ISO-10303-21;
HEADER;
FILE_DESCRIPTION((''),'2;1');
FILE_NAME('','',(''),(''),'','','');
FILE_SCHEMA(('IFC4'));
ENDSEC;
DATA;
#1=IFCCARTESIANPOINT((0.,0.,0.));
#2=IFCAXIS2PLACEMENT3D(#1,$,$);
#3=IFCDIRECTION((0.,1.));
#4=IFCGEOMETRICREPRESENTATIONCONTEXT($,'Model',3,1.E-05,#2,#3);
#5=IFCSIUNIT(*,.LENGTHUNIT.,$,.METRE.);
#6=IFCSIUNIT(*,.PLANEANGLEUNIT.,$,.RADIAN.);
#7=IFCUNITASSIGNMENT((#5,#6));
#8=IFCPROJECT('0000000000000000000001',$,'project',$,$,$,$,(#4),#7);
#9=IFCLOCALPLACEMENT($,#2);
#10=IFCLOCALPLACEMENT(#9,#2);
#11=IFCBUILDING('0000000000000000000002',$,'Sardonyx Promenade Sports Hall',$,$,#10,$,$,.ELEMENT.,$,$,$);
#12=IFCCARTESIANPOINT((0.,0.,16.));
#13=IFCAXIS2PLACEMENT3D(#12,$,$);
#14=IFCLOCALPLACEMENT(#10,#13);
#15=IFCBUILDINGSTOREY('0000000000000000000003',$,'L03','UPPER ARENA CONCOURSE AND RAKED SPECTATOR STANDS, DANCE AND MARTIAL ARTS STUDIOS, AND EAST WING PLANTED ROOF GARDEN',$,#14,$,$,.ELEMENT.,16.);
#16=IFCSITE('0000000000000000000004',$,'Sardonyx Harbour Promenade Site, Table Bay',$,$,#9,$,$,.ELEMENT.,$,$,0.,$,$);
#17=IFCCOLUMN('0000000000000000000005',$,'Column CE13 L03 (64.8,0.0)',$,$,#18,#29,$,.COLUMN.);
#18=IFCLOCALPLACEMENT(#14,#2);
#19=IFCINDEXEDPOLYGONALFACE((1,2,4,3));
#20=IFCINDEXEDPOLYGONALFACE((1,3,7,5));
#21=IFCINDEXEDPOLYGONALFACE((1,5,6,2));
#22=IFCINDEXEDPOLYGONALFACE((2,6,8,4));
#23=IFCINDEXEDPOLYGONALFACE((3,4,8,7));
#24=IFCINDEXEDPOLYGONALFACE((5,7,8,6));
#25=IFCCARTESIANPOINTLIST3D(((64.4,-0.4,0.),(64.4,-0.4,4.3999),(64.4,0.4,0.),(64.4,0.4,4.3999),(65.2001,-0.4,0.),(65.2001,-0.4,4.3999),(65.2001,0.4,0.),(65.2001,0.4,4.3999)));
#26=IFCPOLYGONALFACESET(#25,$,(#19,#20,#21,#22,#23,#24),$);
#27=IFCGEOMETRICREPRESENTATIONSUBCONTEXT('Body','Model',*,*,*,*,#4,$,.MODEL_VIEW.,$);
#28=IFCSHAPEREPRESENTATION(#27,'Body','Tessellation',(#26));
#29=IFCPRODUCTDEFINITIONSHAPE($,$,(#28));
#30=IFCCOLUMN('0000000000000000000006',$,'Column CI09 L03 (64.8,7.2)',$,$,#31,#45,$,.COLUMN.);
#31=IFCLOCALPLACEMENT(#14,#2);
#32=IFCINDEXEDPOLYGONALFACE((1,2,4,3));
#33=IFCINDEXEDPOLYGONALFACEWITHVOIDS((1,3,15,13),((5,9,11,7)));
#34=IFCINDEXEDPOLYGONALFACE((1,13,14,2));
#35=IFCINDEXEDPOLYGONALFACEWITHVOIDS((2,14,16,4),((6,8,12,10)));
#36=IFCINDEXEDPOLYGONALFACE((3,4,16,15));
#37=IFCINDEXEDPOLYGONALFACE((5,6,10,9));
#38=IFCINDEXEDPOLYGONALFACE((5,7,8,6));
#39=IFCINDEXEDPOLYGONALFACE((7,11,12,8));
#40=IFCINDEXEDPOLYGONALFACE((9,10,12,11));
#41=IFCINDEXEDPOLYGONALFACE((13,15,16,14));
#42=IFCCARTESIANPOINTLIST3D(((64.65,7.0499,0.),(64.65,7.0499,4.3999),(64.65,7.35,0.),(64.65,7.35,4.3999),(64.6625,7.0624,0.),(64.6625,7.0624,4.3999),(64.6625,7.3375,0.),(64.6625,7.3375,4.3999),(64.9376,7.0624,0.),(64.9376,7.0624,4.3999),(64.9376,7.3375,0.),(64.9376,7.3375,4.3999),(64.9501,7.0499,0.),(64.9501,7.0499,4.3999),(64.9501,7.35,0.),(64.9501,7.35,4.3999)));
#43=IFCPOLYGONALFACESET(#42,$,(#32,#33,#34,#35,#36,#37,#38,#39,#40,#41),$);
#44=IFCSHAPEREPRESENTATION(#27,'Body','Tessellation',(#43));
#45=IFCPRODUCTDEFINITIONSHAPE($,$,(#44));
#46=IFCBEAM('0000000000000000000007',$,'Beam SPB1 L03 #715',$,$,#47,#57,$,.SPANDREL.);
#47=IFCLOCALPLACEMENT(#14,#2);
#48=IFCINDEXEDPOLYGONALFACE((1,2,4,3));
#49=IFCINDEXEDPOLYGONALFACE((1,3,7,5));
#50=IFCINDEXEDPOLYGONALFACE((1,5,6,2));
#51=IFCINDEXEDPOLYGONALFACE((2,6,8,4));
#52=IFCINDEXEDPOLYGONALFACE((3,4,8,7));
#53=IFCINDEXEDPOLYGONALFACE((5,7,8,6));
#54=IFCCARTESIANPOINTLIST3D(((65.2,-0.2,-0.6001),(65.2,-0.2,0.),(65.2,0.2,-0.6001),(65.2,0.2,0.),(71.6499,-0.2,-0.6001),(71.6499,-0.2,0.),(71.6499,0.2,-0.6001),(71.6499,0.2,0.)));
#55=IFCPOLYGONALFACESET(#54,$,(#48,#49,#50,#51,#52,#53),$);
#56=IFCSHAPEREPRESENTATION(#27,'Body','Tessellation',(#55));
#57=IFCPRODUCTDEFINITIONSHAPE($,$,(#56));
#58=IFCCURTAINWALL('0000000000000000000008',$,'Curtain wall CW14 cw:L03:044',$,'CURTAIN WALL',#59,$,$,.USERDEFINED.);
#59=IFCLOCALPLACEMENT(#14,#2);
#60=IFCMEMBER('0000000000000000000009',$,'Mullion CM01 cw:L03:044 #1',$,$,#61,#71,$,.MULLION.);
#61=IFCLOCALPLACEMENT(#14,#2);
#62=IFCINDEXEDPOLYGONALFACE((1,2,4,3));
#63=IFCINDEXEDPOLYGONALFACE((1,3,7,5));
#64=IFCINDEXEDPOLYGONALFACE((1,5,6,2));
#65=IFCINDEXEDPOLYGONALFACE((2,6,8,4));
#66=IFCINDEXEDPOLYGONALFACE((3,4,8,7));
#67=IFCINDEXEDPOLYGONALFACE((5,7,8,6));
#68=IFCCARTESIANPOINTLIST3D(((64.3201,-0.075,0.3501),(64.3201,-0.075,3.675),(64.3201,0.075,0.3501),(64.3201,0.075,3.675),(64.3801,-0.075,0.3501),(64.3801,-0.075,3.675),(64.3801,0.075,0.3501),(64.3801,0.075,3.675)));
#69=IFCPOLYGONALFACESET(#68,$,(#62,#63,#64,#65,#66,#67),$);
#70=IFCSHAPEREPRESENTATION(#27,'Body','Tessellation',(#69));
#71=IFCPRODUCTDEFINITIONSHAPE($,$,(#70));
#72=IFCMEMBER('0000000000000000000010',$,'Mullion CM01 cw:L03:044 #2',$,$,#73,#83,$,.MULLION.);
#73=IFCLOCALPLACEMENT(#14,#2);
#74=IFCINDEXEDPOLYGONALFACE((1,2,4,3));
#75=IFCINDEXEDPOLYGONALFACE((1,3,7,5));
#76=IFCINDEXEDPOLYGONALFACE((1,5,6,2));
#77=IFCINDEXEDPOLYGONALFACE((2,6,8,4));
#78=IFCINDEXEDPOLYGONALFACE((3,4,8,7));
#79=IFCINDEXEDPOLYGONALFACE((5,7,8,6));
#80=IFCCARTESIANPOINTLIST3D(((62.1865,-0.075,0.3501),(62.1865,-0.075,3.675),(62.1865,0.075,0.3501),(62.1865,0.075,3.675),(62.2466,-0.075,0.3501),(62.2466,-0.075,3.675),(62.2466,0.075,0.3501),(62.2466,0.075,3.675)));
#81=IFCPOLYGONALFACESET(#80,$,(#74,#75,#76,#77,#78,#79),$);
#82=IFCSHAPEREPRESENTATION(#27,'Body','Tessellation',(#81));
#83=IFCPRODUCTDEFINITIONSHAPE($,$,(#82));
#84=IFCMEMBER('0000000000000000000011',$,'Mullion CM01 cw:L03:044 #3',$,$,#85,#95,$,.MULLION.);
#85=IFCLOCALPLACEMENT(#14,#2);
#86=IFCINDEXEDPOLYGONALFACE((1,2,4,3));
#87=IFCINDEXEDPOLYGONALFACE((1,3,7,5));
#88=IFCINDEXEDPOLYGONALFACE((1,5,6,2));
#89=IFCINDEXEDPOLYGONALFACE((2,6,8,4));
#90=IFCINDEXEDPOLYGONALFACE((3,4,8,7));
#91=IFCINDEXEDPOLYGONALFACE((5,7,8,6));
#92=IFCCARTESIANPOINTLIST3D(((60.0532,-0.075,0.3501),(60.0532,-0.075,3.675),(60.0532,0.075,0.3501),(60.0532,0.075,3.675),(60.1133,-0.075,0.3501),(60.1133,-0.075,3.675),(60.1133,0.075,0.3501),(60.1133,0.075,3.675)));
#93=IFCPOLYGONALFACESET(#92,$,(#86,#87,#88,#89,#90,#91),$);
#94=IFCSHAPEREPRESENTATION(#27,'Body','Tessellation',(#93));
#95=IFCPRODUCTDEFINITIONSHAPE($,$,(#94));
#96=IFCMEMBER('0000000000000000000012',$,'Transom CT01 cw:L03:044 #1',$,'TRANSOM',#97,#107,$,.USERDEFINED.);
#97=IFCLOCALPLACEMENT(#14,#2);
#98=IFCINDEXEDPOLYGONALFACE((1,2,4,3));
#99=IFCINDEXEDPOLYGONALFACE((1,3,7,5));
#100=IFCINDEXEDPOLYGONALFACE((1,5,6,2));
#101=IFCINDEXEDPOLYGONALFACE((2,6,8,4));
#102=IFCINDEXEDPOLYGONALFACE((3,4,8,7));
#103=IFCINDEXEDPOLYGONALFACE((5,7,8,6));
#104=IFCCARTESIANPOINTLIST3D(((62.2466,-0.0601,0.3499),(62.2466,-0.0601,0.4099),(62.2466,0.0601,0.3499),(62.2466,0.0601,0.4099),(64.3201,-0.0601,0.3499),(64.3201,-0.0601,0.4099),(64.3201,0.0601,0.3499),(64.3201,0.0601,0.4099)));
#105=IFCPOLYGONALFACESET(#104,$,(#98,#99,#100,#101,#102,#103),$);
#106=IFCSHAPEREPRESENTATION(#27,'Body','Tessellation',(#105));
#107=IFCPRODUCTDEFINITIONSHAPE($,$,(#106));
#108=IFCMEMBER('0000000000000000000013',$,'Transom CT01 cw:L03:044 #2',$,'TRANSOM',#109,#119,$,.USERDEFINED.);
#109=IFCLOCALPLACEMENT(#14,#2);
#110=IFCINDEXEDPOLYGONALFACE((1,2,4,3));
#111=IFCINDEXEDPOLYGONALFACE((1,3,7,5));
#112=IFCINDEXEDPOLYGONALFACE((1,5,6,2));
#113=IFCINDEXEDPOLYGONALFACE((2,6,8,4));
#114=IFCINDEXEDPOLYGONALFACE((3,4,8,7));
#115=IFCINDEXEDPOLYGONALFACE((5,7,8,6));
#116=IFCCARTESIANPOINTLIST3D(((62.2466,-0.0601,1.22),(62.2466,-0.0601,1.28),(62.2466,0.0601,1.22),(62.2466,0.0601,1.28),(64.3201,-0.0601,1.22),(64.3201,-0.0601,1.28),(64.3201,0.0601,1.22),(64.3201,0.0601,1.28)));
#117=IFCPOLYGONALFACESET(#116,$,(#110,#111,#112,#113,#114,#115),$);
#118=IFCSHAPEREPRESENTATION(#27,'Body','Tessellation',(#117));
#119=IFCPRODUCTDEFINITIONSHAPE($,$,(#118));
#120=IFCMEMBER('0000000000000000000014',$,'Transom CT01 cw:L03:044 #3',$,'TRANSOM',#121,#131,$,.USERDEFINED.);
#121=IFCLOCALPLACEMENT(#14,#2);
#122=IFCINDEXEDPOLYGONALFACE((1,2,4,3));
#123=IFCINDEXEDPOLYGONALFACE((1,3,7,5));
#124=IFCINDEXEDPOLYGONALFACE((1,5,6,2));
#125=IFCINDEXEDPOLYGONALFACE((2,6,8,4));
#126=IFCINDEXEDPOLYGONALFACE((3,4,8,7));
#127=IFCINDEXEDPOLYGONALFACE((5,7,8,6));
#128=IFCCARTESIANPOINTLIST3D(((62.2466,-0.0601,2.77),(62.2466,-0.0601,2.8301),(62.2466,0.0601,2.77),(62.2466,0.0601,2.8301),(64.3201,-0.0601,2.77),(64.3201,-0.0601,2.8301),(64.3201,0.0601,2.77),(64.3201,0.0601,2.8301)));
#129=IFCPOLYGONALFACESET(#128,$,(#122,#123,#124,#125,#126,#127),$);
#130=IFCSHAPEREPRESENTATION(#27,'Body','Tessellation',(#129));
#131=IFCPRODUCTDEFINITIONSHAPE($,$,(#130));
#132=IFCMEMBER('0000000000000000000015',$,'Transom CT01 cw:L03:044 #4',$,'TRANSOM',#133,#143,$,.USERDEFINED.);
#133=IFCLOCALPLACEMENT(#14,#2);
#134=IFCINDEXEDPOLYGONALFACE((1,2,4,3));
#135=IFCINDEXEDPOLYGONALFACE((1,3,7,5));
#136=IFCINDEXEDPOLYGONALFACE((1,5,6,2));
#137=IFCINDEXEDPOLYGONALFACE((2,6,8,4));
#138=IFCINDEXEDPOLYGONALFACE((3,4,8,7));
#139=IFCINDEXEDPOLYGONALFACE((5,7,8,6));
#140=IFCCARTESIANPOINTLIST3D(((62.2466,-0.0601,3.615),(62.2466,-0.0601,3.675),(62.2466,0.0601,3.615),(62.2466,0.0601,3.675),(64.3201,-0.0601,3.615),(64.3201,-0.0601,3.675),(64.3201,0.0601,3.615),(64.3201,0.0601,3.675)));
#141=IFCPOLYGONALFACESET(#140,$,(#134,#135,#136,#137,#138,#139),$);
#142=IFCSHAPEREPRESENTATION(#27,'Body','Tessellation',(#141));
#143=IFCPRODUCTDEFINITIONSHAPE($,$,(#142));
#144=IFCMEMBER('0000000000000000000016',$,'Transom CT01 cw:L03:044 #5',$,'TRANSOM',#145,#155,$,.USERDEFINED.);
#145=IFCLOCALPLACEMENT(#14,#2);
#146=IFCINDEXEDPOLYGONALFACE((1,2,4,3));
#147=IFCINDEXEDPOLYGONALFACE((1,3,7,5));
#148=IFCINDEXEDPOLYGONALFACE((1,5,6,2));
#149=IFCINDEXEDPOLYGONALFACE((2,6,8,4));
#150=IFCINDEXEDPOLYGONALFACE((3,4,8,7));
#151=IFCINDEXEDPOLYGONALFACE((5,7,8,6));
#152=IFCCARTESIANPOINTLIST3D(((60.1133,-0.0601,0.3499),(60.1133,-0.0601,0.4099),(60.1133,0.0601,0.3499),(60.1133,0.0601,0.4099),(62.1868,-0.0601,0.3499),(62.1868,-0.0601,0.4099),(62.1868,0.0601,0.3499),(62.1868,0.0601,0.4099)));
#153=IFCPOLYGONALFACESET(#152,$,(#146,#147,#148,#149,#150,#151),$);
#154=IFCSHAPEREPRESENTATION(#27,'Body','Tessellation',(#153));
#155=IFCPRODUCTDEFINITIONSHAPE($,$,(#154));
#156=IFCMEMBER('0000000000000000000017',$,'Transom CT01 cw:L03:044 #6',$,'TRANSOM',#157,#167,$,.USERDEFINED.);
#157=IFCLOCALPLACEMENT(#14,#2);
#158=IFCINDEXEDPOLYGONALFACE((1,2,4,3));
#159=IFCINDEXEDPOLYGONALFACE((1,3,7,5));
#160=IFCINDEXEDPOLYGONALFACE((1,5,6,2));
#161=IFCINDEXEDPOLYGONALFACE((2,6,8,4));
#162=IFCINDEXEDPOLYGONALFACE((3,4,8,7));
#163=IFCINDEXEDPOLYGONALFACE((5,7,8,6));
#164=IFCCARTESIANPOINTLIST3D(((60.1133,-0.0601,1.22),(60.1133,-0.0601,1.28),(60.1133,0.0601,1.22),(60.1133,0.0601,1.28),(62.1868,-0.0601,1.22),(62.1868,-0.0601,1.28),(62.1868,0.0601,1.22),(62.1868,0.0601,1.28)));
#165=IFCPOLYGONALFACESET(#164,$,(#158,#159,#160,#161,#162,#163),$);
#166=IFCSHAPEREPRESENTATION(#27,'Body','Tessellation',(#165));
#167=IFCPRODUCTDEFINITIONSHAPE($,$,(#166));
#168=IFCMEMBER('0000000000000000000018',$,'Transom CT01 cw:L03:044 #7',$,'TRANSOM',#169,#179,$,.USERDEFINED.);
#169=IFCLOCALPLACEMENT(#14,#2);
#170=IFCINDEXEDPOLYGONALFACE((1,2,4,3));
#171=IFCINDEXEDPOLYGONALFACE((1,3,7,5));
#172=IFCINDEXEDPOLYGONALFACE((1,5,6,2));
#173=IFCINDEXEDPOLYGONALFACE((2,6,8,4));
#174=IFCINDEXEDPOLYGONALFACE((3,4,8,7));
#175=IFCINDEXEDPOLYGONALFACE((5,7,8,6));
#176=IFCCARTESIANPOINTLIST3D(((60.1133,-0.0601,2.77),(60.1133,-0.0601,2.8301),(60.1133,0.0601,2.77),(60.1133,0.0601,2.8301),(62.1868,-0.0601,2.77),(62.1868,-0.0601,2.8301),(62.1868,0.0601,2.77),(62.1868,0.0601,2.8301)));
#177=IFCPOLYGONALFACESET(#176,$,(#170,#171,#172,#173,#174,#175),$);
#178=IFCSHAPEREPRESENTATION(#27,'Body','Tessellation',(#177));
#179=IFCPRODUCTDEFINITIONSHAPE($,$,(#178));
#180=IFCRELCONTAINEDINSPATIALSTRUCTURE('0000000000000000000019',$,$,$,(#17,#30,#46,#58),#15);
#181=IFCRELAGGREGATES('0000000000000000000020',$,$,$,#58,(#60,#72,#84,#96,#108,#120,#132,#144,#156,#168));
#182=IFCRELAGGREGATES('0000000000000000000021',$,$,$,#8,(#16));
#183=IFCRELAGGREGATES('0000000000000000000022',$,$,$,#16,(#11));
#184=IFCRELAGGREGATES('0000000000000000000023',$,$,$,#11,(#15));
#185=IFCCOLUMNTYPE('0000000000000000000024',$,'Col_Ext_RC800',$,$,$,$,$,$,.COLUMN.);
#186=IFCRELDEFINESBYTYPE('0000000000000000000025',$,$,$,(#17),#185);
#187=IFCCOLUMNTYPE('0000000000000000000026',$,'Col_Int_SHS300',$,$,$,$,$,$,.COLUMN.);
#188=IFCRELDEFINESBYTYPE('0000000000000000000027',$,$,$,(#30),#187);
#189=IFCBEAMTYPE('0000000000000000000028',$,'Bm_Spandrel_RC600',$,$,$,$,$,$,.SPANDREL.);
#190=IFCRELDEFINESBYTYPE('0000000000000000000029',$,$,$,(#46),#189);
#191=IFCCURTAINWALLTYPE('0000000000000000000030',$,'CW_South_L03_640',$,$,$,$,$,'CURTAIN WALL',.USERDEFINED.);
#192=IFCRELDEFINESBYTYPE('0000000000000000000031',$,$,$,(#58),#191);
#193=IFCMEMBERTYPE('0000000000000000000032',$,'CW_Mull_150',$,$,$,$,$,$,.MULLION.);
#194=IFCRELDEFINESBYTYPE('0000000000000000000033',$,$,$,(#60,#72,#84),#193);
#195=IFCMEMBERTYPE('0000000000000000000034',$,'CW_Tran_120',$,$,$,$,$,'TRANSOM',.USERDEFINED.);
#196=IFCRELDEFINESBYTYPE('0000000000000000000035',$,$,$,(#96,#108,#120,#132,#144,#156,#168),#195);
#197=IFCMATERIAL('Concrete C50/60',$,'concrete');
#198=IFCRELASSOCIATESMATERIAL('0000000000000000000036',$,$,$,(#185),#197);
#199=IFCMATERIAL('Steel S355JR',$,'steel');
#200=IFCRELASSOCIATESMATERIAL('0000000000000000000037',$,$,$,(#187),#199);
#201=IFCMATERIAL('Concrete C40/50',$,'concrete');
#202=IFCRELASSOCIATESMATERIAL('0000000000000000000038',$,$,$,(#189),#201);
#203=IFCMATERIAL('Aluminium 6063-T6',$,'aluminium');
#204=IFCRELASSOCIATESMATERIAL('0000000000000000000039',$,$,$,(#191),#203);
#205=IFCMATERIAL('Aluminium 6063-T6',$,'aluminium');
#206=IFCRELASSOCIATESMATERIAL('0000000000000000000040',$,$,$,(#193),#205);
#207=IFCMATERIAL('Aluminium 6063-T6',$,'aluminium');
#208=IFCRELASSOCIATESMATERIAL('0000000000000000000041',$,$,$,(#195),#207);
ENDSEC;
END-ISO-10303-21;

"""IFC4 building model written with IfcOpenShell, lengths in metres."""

from ifc_helpers import new_model, si_unit, direction, frame, origin, origin_2d, place, context, subcontext, project, spatial, rectangle, hollow_rectangle, extrude, material, material_profile, profile_set, type_object, element, aggregate, save


model = new_model("IFC4")

# Units and contexts
model_context = context("Model", 3, precision=1e-05, world=origin(), true_north=direction((0.0, 1.0)))
body_context = subcontext(model_context, "Body", "Model", "MODEL_VIEW")
ifc_project = project(units=[si_unit("LENGTHUNIT", "METRE"), si_unit("PLANEANGLEUNIT", "RADIAN")], contexts=[model_context])

# Site, building, storey
site_placement = place(None, origin())
site = spatial("IfcSite", under=ifc_project, at=site_placement, Name="Sardonyx Harbour Promenade Site, Table Bay", CompositionType="ELEMENT", RefElevation=0.0)
building_placement = place(site_placement, origin())
building = spatial("IfcBuilding", under=site, at=building_placement, Name="Sardonyx Promenade Sports Hall", CompositionType="ELEMENT")
storey_placement = place(building_placement, frame((0.0, 0.0, 16.0)))
storey = spatial("IfcBuildingStorey", under=building, at=storey_placement, Name="L03", Description="UPPER ARENA CONCOURSE AND RAKED SPECTATOR STANDS, DANCE AND MARTIAL ARTS STUDIOS, AND EAST WING PLANTED ROOF GARDEN", CompositionType="ELEMENT", Elevation=16.0)

# Columns
ifc_material_1 = material(Name="Concrete C50/60", Category="concrete")
ifc_material_profile_1 = material_profile(ifc_material_1, rectangle(XDim=0.8, YDim=0.8, at=origin_2d()))
ifc_profile_set_1 = profile_set([ifc_material_profile_1], Name="Concrete C50/60")
column_type_1 = type_object("IfcColumnType", Name="Col_Ext_RC800", PredefinedType="COLUMN", material=ifc_profile_set_1)
column_1_placement = place(storey_placement, frame((64.8, 0.0, 0.0), z_axis=(0.0, 0.0, 1.0), x_axis=(1.0, 0.0, 0.0)))
element("IfcColumn", 1, at=column_1_placement, inside=storey, type_object=column_type_1, Name="Column CE13 L03 (64.8,0.0)", PredefinedType="COLUMN", context=body_context, shape_type="SweptSolid", body=[
    extrude(rectangle(XDim=0.8, YDim=0.8, at=origin_2d()), origin(), (0.0, 0.0, 1.0), 4.3999),
])
ifc_material_2 = material(Name="Steel S355JR", Category="steel")
ifc_material_profile_2 = material_profile(ifc_material_2, hollow_rectangle(XDim=0.3, YDim=0.3, WallThickness=0.0125, at=origin_2d()))
ifc_profile_set_2 = profile_set([ifc_material_profile_2], Name="Steel S355JR")
column_type_2 = type_object("IfcColumnType", Name="Col_Int_SHS300", PredefinedType="COLUMN", material=ifc_profile_set_2)
column_2_placement = place(storey_placement, frame((64.8, 7.2, 0.0), z_axis=(0.0, 0.0, 1.0), x_axis=(1.0, 0.0, 0.0)))
element("IfcColumn", 2, at=column_2_placement, inside=storey, type_object=column_type_2, Name="Column CI09 L03 (64.8,7.2)", PredefinedType="COLUMN", context=body_context, shape_type="SweptSolid", body=[
    extrude(hollow_rectangle(XDim=0.3, YDim=0.3, WallThickness=0.0125, at=origin_2d()), origin(), (0.0, 0.0, 1.0), 4.3999),
])

# Beam
ifc_material_3 = material(Name="Concrete C40/50", Category="concrete")
ifc_material_profile_3 = material_profile(ifc_material_3, rectangle(XDim=0.3999, YDim=0.6001, at=origin_2d()))
ifc_profile_set_3 = profile_set([ifc_material_profile_3], Name="Concrete C40/50")
beam_type = type_object("IfcBeamType", Name="Bm_Spandrel_RC600", PredefinedType="SPANDREL", material=ifc_profile_set_3)
beam_placement = place(storey_placement, frame((65.2, 0.0, -0.3), z_axis=(1.0, 0.0, 0.0), x_axis=(0.0, 1.0, 0.0)))
element("IfcBeam", 3, at=beam_placement, inside=storey, type_object=beam_type, Name="Beam SPB1 L03 #715", PredefinedType="SPANDREL", context=body_context, shape_type="SweptSolid", body=[
    extrude(rectangle(XDim=0.3999, YDim=0.6001, at=origin_2d()), origin(), (0.0, 0.0, 1.0), 6.45),
])

# Curtain wall, members
ifc_material_4 = material(Name="Aluminium 6063-T6", Category="aluminium")
curtain_wall_type = type_object("IfcCurtainWallType", Name="CW_South_L03_640", ElementType="CURTAIN WALL", PredefinedType="USERDEFINED", material=ifc_material_4)
curtain_wall_placement = place(storey_placement, origin())
curtain_wall = element("IfcCurtainWall", 4, at=curtain_wall_placement, inside=storey, type_object=curtain_wall_type, Name="Curtain wall CW14 cw:L03:044", ObjectType="CURTAIN WALL", PredefinedType="USERDEFINED")
ifc_material_5 = material(Name="Aluminium 6063-T6", Category="aluminium")
ifc_material_profile_4 = material_profile(ifc_material_5, rectangle(XDim=0.0601, YDim=0.1499, at=origin_2d()))
ifc_profile_set_4 = profile_set([ifc_material_profile_4], Name="Aluminium 6063-T6")
member_type_1 = type_object("IfcMemberType", Name="CW_Mull_150", PredefinedType="MULLION", material=ifc_profile_set_4)
member_1_placement = place(storey_placement, frame((64.3501, 0.0, 0.3501), z_axis=(0.0, 0.0, 1.0), x_axis=(-1.0, 0.0, 0.0)))
member_1 = element("IfcMember", 5, at=member_1_placement, type_object=member_type_1, Name="Mullion CM01 cw:L03:044 #1", PredefinedType="MULLION", context=body_context, shape_type="SweptSolid", body=[
    extrude(rectangle(XDim=0.0601, YDim=0.1499, at=origin_2d()), origin(), (0.0, 0.0, 1.0), 3.325),
])
member_2_placement = place(storey_placement, frame((62.2166, 0.0, 0.3501), z_axis=(0.0, 0.0, 1.0), x_axis=(-1.0, 0.0, 0.0)))
member_2 = element("IfcMember", 6, at=member_2_placement, type_object=member_type_1, Name="Mullion CM01 cw:L03:044 #2", PredefinedType="MULLION", context=body_context, shape_type="SweptSolid", body=[
    extrude(rectangle(XDim=0.0601, YDim=0.1499, at=origin_2d()), origin(), (0.0, 0.0, 1.0), 3.325),
])
member_3_placement = place(storey_placement, frame((60.0833, 0.0, 0.3501), z_axis=(0.0, 0.0, 1.0), x_axis=(-1.0, 0.0, 0.0)))
member_3 = element("IfcMember", 7, at=member_3_placement, type_object=member_type_1, Name="Mullion CM01 cw:L03:044 #3", PredefinedType="MULLION", context=body_context, shape_type="SweptSolid", body=[
    extrude(rectangle(XDim=0.0601, YDim=0.1499, at=origin_2d()), origin(), (0.0, 0.0, 1.0), 3.325),
])
ifc_material_6 = material(Name="Aluminium 6063-T6", Category="aluminium")
ifc_material_profile_5 = material_profile(ifc_material_6, rectangle(XDim=0.0601, YDim=0.1201, at=origin_2d()))
ifc_profile_set_5 = profile_set([ifc_material_profile_5], Name="Aluminium 6063-T6")
member_type_2 = type_object("IfcMemberType", Name="CW_Tran_120", ElementType="TRANSOM", PredefinedType="USERDEFINED", material=ifc_profile_set_5)
member_4_placement = place(storey_placement, frame((64.3201, 0.0, 0.3799), z_axis=(-1.0, 0.0, 0.0), x_axis=(0.0, 0.0, 1.0)))
member_4 = element("IfcMember", 8, at=member_4_placement, type_object=member_type_2, Name="Transom CT01 cw:L03:044 #1", ObjectType="TRANSOM", PredefinedType="USERDEFINED", context=body_context, shape_type="SweptSolid", body=[
    extrude(rectangle(XDim=0.0601, YDim=0.1201, at=origin_2d()), origin(), (0.0, 0.0, 1.0), 2.0735),
])
member_5_placement = place(storey_placement, frame((64.3201, 0.0, 1.25), z_axis=(-1.0, 0.0, 0.0), x_axis=(0.0, 0.0, 1.0)))
member_5 = element("IfcMember", 9, at=member_5_placement, type_object=member_type_2, Name="Transom CT01 cw:L03:044 #2", ObjectType="TRANSOM", PredefinedType="USERDEFINED", context=body_context, shape_type="SweptSolid", body=[
    extrude(rectangle(XDim=0.0601, YDim=0.1201, at=origin_2d()), origin(), (0.0, 0.0, 1.0), 2.0735),
])
member_6_placement = place(storey_placement, frame((64.3201, 0.0, 2.8), z_axis=(-1.0, 0.0, 0.0), x_axis=(0.0, 0.0, 1.0)))
member_6 = element("IfcMember", 10, at=member_6_placement, type_object=member_type_2, Name="Transom CT01 cw:L03:044 #3", ObjectType="TRANSOM", PredefinedType="USERDEFINED", context=body_context, shape_type="SweptSolid", body=[
    extrude(rectangle(XDim=0.0601, YDim=0.1201, at=origin_2d()), origin(), (0.0, 0.0, 1.0), 2.0735),
])
member_7_placement = place(storey_placement, frame((64.3201, 0.0, 3.645), z_axis=(-1.0, 0.0, 0.0), x_axis=(0.0, 0.0, 1.0)))
member_7 = element("IfcMember", 11, at=member_7_placement, type_object=member_type_2, Name="Transom CT01 cw:L03:044 #4", ObjectType="TRANSOM", PredefinedType="USERDEFINED", context=body_context, shape_type="SweptSolid", body=[
    extrude(rectangle(XDim=0.0601, YDim=0.1201, at=origin_2d()), origin(), (0.0, 0.0, 1.0), 2.0735),
])
member_8_placement = place(storey_placement, frame((62.1868, 0.0, 0.3799), z_axis=(-1.0, 0.0, 0.0), x_axis=(0.0, 0.0, 1.0)))
member_8 = element("IfcMember", 12, at=member_8_placement, type_object=member_type_2, Name="Transom CT01 cw:L03:044 #5", ObjectType="TRANSOM", PredefinedType="USERDEFINED", context=body_context, shape_type="SweptSolid", body=[
    extrude(rectangle(XDim=0.0601, YDim=0.1201, at=origin_2d()), origin(), (0.0, 0.0, 1.0), 2.0735),
])
member_9_placement = place(storey_placement, frame((62.1868, 0.0, 1.25), z_axis=(-1.0, 0.0, 0.0), x_axis=(0.0, 0.0, 1.0)))
member_9 = element("IfcMember", 13, at=member_9_placement, type_object=member_type_2, Name="Transom CT01 cw:L03:044 #6", ObjectType="TRANSOM", PredefinedType="USERDEFINED", context=body_context, shape_type="SweptSolid", body=[
    extrude(rectangle(XDim=0.0601, YDim=0.1201, at=origin_2d()), origin(), (0.0, 0.0, 1.0), 2.0735),
])
member_10_placement = place(storey_placement, frame((62.1868, 0.0, 2.8), z_axis=(-1.0, 0.0, 0.0), x_axis=(0.0, 0.0, 1.0)))
member_10 = element("IfcMember", 14, at=member_10_placement, type_object=member_type_2, Name="Transom CT01 cw:L03:044 #7", ObjectType="TRANSOM", PredefinedType="USERDEFINED", context=body_context, shape_type="SweptSolid", body=[
    extrude(rectangle(XDim=0.0601, YDim=0.1201, at=origin_2d()), origin(), (0.0, 0.0, 1.0), 2.0735),
])
aggregate(curtain_wall, [member_1, member_2, member_3, member_4, member_5, member_6, member_7, member_8, member_9, member_10])

save(model, "model.ifc")
